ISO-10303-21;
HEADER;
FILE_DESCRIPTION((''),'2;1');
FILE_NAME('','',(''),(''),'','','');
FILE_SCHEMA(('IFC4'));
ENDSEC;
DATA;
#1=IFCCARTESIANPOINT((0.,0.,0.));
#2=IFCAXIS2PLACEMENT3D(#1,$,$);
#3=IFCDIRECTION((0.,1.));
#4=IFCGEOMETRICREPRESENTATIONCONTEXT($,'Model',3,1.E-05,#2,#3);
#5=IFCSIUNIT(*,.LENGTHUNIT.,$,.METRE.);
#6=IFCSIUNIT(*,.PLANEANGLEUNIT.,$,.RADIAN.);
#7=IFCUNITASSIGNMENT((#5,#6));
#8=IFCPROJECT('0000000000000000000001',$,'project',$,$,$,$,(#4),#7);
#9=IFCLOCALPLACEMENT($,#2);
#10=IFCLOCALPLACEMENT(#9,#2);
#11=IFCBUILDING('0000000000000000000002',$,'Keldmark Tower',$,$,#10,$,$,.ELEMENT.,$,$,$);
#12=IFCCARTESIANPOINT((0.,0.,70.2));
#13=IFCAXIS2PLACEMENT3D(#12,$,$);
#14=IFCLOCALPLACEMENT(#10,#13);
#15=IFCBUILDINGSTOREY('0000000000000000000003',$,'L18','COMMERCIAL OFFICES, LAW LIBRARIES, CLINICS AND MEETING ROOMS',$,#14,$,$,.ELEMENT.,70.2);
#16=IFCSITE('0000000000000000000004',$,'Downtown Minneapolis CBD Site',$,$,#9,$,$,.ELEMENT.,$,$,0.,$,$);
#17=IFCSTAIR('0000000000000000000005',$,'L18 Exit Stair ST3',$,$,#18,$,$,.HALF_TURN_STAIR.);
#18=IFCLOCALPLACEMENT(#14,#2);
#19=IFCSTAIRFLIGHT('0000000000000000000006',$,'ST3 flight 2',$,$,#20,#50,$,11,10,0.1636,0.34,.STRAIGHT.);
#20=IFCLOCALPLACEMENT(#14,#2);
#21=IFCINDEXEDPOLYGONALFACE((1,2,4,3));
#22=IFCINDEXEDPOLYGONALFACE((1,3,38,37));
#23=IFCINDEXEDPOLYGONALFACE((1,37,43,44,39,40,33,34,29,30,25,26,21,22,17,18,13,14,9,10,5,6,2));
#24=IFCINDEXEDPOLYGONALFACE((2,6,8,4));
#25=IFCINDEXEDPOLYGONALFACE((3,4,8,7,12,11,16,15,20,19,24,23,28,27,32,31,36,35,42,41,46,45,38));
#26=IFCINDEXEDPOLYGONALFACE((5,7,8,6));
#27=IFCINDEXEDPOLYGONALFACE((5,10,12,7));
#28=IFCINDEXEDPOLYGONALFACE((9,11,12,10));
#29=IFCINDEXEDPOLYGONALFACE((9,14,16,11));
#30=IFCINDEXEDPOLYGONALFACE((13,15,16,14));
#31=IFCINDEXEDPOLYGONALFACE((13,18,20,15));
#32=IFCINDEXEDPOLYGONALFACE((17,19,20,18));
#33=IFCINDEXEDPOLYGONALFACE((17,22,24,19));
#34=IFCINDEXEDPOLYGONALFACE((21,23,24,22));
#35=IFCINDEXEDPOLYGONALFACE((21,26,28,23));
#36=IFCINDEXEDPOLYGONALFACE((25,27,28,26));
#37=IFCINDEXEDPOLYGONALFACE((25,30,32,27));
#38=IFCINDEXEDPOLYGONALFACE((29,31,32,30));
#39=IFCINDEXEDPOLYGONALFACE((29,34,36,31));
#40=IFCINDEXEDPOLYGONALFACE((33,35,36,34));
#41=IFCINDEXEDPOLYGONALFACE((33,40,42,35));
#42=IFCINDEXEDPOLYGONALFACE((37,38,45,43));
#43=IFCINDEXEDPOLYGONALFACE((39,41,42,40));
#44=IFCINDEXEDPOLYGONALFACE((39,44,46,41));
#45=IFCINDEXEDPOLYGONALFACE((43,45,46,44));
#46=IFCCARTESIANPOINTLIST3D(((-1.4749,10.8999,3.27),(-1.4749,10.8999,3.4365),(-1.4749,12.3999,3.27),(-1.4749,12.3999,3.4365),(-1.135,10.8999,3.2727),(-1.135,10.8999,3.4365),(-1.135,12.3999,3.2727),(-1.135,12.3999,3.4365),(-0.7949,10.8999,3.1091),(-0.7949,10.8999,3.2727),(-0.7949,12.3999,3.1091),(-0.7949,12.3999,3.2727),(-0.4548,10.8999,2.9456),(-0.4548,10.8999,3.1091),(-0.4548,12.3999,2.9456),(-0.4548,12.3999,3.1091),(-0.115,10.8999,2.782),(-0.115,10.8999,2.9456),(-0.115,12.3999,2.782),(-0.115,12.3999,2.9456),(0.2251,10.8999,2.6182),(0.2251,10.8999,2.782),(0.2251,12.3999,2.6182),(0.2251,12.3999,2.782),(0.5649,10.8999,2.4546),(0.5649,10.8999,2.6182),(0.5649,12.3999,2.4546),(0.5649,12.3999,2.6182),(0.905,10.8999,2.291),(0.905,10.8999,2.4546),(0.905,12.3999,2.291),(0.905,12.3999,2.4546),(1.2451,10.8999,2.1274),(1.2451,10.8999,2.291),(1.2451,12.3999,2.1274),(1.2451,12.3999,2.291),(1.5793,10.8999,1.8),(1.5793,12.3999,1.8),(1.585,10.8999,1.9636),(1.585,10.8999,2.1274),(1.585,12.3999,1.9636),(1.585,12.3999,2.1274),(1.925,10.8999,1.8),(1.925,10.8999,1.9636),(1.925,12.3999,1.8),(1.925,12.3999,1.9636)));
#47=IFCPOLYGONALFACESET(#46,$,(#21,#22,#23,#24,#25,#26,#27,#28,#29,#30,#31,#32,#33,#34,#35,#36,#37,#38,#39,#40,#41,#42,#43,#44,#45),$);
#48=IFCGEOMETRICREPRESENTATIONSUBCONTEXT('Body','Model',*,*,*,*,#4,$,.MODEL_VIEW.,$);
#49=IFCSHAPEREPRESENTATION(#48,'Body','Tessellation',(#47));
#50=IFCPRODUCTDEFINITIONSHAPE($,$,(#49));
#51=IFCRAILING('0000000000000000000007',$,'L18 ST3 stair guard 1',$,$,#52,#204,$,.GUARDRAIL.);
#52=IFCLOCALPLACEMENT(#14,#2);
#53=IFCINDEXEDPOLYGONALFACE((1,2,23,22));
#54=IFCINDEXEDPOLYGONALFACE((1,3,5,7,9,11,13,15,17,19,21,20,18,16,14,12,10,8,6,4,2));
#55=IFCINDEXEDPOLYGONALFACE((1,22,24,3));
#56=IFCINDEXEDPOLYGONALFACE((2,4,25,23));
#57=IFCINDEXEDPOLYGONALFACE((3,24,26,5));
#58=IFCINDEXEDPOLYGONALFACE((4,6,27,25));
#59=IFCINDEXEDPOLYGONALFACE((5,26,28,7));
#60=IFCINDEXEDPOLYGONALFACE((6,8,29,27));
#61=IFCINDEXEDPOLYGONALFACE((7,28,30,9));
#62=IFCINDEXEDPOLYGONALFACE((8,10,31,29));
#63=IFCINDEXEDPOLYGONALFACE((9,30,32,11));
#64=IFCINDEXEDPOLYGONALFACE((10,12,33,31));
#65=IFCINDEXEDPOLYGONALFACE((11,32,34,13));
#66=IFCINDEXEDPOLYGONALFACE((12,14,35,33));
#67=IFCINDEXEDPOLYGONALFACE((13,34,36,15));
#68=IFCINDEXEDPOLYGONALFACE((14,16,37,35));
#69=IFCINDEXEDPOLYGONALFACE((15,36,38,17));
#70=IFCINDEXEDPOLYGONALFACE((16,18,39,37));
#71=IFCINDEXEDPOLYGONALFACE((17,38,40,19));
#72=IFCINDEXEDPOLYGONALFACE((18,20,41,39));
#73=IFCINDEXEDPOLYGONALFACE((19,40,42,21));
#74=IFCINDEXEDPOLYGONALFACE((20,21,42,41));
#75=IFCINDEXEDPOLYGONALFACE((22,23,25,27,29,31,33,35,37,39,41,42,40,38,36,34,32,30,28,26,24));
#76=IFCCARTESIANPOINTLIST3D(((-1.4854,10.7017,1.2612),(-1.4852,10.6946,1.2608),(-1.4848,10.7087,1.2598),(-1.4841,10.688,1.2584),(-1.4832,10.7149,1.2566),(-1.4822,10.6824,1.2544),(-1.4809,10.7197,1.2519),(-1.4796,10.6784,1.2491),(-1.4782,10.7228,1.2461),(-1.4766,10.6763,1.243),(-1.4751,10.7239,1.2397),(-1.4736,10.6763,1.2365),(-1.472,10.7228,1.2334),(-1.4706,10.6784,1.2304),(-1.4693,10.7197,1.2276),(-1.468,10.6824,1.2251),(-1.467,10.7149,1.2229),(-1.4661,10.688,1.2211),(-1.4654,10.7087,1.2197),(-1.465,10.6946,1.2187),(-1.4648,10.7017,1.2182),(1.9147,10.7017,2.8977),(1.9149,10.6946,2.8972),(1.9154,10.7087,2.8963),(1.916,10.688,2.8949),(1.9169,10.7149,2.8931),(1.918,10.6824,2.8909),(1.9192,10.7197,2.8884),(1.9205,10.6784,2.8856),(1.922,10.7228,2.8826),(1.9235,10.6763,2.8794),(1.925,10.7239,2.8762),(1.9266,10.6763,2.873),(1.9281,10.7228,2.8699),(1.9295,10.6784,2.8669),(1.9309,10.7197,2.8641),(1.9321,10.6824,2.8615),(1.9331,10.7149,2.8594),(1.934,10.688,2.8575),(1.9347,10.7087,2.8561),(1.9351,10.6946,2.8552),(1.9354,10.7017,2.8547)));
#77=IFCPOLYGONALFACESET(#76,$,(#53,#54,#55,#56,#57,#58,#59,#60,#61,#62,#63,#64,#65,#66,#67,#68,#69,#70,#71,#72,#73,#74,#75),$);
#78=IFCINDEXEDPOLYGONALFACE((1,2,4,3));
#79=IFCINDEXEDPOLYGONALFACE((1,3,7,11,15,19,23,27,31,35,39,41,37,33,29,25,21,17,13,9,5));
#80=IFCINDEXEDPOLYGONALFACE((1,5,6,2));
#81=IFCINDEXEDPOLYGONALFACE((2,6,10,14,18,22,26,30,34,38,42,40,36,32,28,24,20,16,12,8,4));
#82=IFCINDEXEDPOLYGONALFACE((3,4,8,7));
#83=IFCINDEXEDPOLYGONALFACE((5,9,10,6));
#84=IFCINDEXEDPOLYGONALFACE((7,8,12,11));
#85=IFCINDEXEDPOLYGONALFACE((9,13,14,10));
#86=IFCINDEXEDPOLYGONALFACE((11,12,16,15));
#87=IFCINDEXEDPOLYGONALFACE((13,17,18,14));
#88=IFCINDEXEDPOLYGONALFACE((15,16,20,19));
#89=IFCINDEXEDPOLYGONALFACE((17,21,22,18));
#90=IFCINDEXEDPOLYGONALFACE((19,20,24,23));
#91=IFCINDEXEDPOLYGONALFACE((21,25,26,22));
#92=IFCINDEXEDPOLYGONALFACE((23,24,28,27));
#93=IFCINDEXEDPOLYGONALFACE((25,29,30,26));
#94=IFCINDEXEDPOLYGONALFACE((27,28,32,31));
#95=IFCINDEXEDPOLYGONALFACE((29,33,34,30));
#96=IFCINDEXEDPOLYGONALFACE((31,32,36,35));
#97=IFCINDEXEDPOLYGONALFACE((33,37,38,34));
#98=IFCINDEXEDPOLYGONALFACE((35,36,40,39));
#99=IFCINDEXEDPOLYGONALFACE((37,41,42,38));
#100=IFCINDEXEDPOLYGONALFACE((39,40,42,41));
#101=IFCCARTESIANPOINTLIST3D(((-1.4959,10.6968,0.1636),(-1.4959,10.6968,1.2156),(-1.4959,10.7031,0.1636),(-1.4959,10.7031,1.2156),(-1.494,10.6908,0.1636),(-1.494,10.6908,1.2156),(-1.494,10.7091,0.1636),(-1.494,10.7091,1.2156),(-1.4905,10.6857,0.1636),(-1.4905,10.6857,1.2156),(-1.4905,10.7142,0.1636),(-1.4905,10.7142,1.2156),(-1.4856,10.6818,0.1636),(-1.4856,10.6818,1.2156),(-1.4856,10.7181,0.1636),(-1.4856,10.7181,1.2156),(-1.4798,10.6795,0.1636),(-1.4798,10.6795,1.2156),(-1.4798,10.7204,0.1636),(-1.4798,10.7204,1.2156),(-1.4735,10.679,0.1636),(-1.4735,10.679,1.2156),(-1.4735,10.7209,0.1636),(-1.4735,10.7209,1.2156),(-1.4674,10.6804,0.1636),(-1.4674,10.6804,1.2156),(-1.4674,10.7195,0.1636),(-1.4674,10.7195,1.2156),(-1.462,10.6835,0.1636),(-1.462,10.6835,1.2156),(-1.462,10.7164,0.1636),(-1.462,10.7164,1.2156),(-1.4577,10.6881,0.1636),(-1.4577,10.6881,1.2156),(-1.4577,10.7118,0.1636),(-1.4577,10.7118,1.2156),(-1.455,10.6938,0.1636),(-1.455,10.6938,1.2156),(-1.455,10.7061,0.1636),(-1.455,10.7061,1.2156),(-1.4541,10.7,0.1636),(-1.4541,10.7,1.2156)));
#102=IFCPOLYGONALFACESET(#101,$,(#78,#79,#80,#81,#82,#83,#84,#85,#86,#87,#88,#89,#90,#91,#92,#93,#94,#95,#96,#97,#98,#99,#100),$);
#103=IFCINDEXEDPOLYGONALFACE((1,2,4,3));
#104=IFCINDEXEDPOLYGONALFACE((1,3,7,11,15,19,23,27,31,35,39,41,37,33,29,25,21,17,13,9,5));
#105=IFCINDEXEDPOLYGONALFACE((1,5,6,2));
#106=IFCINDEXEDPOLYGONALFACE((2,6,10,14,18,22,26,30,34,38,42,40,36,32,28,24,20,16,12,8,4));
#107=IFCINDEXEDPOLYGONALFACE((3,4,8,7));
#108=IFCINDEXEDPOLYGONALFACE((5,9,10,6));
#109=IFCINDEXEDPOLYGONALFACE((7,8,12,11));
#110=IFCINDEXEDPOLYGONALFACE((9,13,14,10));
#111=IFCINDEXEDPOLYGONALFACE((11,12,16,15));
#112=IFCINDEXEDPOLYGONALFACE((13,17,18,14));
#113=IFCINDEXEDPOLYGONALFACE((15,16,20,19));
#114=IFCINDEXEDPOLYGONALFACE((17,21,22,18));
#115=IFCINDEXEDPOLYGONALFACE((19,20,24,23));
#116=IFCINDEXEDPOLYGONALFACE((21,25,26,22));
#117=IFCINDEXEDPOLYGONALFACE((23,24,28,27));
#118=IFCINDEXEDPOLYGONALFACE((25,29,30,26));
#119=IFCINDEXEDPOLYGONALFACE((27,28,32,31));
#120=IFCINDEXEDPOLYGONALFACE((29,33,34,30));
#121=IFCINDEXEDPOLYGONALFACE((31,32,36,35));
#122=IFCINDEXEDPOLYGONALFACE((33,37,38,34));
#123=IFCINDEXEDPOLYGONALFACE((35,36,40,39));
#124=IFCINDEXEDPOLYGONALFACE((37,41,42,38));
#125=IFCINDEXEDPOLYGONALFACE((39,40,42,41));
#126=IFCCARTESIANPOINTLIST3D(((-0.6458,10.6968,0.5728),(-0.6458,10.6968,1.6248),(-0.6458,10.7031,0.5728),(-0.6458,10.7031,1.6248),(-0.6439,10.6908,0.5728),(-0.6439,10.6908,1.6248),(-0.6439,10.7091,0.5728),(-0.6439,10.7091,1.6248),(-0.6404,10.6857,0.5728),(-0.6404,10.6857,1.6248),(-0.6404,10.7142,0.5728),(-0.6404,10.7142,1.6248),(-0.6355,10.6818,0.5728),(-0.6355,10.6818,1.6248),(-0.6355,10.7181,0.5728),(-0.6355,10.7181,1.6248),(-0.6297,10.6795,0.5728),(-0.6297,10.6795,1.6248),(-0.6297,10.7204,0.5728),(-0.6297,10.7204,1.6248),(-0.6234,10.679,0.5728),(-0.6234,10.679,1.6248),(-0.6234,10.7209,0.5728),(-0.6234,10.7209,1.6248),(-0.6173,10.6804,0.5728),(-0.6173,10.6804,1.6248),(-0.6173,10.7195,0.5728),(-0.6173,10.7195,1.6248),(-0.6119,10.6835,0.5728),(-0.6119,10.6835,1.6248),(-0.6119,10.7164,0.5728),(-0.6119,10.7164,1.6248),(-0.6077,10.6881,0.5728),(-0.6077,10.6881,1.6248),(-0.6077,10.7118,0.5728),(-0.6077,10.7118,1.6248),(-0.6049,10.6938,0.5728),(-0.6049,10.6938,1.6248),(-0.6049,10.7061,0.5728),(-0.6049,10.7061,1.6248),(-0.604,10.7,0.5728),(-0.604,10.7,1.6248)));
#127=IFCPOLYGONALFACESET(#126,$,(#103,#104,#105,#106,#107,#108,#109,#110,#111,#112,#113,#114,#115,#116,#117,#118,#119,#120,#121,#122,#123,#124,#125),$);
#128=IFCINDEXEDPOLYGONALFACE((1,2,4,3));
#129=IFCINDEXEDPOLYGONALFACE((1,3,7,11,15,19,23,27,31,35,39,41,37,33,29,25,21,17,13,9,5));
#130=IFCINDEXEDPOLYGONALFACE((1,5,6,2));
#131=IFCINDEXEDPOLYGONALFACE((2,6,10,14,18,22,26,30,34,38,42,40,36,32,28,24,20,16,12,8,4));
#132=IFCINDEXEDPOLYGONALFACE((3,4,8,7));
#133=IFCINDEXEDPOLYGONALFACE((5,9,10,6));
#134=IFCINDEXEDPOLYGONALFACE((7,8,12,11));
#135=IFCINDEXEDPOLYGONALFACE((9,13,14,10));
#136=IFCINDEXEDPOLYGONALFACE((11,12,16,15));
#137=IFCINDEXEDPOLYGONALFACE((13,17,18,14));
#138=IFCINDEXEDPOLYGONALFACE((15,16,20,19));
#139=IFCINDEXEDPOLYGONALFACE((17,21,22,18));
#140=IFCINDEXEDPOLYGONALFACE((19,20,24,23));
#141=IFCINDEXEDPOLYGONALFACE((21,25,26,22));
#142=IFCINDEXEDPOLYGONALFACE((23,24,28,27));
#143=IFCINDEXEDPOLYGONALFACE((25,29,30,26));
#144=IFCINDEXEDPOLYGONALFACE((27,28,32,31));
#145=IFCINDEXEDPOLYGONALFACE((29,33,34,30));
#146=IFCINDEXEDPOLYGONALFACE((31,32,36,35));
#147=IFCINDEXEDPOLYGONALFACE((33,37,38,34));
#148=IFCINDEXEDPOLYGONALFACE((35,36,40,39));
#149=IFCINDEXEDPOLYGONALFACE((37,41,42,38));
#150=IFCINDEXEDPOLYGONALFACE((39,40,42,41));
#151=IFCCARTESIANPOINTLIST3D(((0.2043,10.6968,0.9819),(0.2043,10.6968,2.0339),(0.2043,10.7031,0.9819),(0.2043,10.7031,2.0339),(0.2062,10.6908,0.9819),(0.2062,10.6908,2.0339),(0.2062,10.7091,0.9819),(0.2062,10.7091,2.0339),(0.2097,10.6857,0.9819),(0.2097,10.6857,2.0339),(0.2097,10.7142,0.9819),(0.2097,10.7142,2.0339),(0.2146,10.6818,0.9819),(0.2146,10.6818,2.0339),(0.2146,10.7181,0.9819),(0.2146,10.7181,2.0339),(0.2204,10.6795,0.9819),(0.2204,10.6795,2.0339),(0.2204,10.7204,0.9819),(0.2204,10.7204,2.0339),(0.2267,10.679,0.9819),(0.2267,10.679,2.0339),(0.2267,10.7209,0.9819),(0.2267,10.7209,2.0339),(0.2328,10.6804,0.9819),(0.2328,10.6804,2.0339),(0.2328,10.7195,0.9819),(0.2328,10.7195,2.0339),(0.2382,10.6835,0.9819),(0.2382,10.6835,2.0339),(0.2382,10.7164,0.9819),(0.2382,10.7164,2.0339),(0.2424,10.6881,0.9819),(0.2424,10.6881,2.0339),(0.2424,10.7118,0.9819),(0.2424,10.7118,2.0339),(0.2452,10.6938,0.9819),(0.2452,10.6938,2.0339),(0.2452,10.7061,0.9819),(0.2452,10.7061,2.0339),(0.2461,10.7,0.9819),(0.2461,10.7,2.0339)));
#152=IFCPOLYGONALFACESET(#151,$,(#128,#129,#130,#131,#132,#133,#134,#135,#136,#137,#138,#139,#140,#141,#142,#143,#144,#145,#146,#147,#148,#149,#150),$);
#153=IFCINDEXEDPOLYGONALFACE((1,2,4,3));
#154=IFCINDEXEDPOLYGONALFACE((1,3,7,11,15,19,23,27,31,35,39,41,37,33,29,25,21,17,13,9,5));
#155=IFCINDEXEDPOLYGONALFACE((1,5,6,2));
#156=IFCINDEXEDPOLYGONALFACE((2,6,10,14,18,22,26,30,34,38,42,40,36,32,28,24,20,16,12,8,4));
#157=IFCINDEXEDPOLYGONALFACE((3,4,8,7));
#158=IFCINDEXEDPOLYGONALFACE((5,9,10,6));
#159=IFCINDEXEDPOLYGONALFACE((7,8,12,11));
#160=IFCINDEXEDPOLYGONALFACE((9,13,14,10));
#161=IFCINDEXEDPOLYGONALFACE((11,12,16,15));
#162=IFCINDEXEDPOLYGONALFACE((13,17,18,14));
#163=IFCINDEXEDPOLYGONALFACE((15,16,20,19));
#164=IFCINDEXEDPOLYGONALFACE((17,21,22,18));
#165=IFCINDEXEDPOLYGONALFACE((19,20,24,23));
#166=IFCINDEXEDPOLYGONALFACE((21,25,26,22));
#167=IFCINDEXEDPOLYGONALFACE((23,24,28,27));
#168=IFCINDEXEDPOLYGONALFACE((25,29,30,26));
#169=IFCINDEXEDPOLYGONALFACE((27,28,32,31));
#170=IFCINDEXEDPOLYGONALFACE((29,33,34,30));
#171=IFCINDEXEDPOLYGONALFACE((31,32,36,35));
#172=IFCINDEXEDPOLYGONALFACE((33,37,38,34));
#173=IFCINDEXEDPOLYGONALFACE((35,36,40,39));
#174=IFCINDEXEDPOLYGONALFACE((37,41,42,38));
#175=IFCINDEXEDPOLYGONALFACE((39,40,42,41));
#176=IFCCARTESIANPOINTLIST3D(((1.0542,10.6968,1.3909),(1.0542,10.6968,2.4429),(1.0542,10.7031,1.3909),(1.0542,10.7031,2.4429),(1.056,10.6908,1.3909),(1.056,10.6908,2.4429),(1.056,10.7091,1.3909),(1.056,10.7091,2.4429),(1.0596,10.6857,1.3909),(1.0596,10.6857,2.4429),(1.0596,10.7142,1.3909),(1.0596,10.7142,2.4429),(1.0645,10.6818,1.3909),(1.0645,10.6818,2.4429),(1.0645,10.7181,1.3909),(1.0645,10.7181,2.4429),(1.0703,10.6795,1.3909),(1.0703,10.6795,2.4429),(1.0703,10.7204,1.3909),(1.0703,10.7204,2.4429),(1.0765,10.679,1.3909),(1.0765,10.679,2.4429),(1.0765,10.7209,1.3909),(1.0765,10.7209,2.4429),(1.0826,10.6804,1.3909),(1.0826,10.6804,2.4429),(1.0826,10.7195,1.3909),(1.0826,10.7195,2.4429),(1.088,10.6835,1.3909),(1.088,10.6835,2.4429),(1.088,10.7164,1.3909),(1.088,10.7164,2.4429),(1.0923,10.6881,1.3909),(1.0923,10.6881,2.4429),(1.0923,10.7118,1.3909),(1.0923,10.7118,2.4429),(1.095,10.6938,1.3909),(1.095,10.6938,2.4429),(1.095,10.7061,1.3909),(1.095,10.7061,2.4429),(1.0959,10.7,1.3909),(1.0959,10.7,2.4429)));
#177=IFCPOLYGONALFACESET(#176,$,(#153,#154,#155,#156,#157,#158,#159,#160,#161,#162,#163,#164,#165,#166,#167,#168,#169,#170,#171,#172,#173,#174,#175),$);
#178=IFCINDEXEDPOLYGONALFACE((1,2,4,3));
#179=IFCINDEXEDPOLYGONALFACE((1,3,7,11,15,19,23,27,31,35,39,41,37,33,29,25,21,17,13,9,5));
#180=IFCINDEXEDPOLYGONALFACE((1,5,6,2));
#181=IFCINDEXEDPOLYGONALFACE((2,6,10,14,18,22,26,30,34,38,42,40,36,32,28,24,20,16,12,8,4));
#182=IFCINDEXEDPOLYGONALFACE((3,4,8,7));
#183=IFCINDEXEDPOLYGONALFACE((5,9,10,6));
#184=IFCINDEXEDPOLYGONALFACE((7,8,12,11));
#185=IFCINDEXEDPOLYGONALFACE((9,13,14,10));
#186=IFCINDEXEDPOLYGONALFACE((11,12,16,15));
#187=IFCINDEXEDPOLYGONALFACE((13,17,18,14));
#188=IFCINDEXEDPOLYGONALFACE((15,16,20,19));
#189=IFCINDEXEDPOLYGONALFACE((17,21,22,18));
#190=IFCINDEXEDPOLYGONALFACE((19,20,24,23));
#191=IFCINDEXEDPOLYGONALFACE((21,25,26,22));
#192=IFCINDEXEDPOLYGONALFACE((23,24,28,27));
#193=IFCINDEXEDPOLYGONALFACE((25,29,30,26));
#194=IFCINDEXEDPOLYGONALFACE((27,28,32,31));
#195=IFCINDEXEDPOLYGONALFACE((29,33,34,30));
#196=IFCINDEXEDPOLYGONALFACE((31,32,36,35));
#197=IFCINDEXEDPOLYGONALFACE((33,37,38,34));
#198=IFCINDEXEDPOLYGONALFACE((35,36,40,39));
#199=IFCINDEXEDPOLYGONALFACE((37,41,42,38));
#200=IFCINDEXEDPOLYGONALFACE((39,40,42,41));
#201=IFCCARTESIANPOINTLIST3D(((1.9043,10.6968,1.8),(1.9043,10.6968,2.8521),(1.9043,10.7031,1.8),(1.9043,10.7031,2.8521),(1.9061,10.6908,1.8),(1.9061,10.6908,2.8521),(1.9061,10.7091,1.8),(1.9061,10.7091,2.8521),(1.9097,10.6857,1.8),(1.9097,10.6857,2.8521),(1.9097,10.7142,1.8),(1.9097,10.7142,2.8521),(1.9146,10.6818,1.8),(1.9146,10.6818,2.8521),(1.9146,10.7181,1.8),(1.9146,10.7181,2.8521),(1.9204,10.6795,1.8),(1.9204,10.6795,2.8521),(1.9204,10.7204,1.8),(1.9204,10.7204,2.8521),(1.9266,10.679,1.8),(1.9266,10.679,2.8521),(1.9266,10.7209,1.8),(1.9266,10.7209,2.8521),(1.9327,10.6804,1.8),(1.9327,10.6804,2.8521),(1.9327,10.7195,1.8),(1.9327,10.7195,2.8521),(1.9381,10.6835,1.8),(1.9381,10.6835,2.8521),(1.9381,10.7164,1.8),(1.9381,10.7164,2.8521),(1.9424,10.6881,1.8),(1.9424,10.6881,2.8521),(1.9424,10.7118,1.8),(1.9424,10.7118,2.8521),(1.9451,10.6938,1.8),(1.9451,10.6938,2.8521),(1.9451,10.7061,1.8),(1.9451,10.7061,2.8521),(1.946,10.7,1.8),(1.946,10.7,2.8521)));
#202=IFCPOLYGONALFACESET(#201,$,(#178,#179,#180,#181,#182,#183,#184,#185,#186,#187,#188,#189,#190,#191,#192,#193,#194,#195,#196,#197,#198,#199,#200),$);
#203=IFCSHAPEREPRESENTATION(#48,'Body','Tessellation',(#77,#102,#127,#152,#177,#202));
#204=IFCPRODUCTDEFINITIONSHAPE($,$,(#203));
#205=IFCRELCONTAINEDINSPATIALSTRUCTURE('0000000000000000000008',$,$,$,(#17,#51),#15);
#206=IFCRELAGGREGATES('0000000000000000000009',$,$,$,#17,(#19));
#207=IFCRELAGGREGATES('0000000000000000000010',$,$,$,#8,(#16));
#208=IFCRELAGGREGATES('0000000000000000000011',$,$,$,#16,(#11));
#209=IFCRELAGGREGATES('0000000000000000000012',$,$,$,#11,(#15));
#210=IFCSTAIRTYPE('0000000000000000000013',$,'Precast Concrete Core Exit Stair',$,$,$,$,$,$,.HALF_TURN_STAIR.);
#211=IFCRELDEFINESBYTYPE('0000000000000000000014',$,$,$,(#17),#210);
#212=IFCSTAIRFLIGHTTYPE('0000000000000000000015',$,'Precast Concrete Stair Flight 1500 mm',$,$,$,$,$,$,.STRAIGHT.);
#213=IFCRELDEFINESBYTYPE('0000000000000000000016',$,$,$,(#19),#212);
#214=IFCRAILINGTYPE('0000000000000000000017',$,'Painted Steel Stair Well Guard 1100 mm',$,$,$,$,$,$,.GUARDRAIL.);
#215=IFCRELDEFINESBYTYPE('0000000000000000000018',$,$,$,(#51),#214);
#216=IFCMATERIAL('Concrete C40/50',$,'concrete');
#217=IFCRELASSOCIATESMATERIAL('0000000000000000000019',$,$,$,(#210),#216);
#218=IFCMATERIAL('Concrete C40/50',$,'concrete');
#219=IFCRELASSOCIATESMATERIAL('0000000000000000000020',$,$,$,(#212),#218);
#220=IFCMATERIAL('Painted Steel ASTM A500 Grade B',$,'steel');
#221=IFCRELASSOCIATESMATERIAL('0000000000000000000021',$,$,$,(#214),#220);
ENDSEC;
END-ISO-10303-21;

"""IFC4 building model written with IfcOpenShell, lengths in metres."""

from ifc_helpers import new_model, si_unit, direction, frame, origin, origin_2d, place, context, subcontext, project, spatial, polyline, circle, outline, extrude, material, type_object, element, aggregate, save


model = new_model("IFC4")

# Units and contexts
model_context = context("Model", 3, precision=1e-05, world=origin(), true_north=direction((0.0, 1.0)))
body_context = subcontext(model_context, "Body", "Model", "MODEL_VIEW")
ifc_project = project(units=[si_unit("LENGTHUNIT", "METRE"), si_unit("PLANEANGLEUNIT", "RADIAN")], contexts=[model_context])

# Site, building, storey
site_placement = place(None, origin())
site = spatial("IfcSite", under=ifc_project, at=site_placement, Name="Downtown Minneapolis CBD Site", CompositionType="ELEMENT", RefElevation=0.0)
building_placement = place(site_placement, origin())
building = spatial("IfcBuilding", under=site, at=building_placement, Name="Keldmark Tower", CompositionType="ELEMENT")
storey_placement = place(building_placement, frame((0.0, 0.0, 70.2)))
storey = spatial("IfcBuildingStorey", under=building, at=storey_placement, Name="L18", Description="COMMERCIAL OFFICES, LAW LIBRARIES, CLINICS AND MEETING ROOMS", CompositionType="ELEMENT", Elevation=70.2)

# Stair, stair flight
ifc_material_1 = material(Name="Concrete C40/50", Category="concrete")
stair_type = type_object("IfcStairType", Name="Precast Concrete Core Exit Stair", PredefinedType="HALF_TURN_STAIR", material=ifc_material_1)
stair_placement = place(storey_placement, origin())
stair = element("IfcStair", 1, at=stair_placement, inside=storey, type_object=stair_type, Name="L18 Exit Stair ST3", PredefinedType="HALF_TURN_STAIR")
ifc_material_2 = material(Name="Concrete C40/50", Category="concrete")
stair_flight_type = type_object("IfcStairFlightType", Name="Precast Concrete Stair Flight 1500 mm", PredefinedType="STRAIGHT", material=ifc_material_2)
stair_flight_1_placement = place(storey_placement, frame((1.925, 11.6499, 1.8), z_axis=(0.0, 0.0, 1.0), x_axis=(-1.0, 0.0, 0.0)))
stair_flight_1 = element("IfcStairFlight", 2, at=stair_flight_1_placement, type_object=stair_flight_type, Name="ST3 flight 2", NumberOfRisers=11, NumberOfTreads=10, PredefinedType="STRAIGHT", RiserHeight=0.1636, TreadLength=0.34, context=body_context, shape_type="SweptSolid", body=[
    extrude(outline(polyline([(0.0, 0.0), (0.0, 0.1636), (0.3401, 0.1636), (0.3401, 0.3274), (0.6799, 0.3274), (0.6799, 0.491), (1.02, 0.491), (1.02, 0.6545), (1.3601, 0.6545), (1.3601, 0.8181), (1.7, 0.8181), (1.7, 0.9819), (2.04, 0.9819), (2.04, 1.1455), (2.3799, 1.1455), (2.3799, 1.3091), (2.72, 1.3091), (2.72, 1.4727), (3.0601, 1.4727), (3.0601, 1.6365), (3.3999, 1.6365), (3.3999, 1.8), (3.3999, 1.47), (0.3457, 0.0), (0.0, 0.0)])), frame((0.0, 0.75, 0.0), z_axis=(0.0, -1.0, 0.0), x_axis=(1.0, 0.0, 0.0)), (0.0, 0.0, 1.0), 1.5),
])
aggregate(stair, [stair_flight_1])

# Railing
ifc_material_3 = material(Name="Painted Steel ASTM A500 Grade B", Category="steel")
railing_type_1 = type_object("IfcRailingType", Name="Painted Steel Stair Well Guard 1100 mm", PredefinedType="GUARDRAIL", material=ifc_material_3)
railing_1_placement = place(storey_placement, frame((-1.4751, 10.7, 0.1636)))
element("IfcRailing", 3, at=railing_1_placement, inside=storey, type_object=railing_type_1, Name="L18 ST3 stair guard 1", PredefinedType="GUARDRAIL", context=body_context, shape_type="SweptSolid", body=[
    extrude(circle(Radius=0.0239, at=origin_2d()), frame((0.0, 0.0, 1.0762), z_axis=(0.901067, 0.0, 0.433679), x_axis=(0.0, 1.0, 0.0)), (0.0, 0.0, 1.0), 3.7734),
    extrude(circle(Radius=0.021, at=origin_2d()), origin(), (0.0, 0.0, 1.0), 1.052),
    extrude(circle(Radius=0.021, at=origin_2d()), frame((0.8501, 0.0, 0.4092)), (0.0, 0.0, 1.0), 1.052),
    extrude(circle(Radius=0.021, at=origin_2d()), frame((1.7002, 0.0, 0.8184)), (0.0, 0.0, 1.0), 1.052),
    extrude(circle(Radius=0.021, at=origin_2d()), frame((2.55, 0.0, 1.2273)), (0.0, 0.0, 1.0), 1.052),
    extrude(circle(Radius=0.021, at=origin_2d()), frame((3.4001, 0.0, 1.6365)), (0.0, 0.0, 1.0), 1.052),
])

save(model, "model.ifc")
